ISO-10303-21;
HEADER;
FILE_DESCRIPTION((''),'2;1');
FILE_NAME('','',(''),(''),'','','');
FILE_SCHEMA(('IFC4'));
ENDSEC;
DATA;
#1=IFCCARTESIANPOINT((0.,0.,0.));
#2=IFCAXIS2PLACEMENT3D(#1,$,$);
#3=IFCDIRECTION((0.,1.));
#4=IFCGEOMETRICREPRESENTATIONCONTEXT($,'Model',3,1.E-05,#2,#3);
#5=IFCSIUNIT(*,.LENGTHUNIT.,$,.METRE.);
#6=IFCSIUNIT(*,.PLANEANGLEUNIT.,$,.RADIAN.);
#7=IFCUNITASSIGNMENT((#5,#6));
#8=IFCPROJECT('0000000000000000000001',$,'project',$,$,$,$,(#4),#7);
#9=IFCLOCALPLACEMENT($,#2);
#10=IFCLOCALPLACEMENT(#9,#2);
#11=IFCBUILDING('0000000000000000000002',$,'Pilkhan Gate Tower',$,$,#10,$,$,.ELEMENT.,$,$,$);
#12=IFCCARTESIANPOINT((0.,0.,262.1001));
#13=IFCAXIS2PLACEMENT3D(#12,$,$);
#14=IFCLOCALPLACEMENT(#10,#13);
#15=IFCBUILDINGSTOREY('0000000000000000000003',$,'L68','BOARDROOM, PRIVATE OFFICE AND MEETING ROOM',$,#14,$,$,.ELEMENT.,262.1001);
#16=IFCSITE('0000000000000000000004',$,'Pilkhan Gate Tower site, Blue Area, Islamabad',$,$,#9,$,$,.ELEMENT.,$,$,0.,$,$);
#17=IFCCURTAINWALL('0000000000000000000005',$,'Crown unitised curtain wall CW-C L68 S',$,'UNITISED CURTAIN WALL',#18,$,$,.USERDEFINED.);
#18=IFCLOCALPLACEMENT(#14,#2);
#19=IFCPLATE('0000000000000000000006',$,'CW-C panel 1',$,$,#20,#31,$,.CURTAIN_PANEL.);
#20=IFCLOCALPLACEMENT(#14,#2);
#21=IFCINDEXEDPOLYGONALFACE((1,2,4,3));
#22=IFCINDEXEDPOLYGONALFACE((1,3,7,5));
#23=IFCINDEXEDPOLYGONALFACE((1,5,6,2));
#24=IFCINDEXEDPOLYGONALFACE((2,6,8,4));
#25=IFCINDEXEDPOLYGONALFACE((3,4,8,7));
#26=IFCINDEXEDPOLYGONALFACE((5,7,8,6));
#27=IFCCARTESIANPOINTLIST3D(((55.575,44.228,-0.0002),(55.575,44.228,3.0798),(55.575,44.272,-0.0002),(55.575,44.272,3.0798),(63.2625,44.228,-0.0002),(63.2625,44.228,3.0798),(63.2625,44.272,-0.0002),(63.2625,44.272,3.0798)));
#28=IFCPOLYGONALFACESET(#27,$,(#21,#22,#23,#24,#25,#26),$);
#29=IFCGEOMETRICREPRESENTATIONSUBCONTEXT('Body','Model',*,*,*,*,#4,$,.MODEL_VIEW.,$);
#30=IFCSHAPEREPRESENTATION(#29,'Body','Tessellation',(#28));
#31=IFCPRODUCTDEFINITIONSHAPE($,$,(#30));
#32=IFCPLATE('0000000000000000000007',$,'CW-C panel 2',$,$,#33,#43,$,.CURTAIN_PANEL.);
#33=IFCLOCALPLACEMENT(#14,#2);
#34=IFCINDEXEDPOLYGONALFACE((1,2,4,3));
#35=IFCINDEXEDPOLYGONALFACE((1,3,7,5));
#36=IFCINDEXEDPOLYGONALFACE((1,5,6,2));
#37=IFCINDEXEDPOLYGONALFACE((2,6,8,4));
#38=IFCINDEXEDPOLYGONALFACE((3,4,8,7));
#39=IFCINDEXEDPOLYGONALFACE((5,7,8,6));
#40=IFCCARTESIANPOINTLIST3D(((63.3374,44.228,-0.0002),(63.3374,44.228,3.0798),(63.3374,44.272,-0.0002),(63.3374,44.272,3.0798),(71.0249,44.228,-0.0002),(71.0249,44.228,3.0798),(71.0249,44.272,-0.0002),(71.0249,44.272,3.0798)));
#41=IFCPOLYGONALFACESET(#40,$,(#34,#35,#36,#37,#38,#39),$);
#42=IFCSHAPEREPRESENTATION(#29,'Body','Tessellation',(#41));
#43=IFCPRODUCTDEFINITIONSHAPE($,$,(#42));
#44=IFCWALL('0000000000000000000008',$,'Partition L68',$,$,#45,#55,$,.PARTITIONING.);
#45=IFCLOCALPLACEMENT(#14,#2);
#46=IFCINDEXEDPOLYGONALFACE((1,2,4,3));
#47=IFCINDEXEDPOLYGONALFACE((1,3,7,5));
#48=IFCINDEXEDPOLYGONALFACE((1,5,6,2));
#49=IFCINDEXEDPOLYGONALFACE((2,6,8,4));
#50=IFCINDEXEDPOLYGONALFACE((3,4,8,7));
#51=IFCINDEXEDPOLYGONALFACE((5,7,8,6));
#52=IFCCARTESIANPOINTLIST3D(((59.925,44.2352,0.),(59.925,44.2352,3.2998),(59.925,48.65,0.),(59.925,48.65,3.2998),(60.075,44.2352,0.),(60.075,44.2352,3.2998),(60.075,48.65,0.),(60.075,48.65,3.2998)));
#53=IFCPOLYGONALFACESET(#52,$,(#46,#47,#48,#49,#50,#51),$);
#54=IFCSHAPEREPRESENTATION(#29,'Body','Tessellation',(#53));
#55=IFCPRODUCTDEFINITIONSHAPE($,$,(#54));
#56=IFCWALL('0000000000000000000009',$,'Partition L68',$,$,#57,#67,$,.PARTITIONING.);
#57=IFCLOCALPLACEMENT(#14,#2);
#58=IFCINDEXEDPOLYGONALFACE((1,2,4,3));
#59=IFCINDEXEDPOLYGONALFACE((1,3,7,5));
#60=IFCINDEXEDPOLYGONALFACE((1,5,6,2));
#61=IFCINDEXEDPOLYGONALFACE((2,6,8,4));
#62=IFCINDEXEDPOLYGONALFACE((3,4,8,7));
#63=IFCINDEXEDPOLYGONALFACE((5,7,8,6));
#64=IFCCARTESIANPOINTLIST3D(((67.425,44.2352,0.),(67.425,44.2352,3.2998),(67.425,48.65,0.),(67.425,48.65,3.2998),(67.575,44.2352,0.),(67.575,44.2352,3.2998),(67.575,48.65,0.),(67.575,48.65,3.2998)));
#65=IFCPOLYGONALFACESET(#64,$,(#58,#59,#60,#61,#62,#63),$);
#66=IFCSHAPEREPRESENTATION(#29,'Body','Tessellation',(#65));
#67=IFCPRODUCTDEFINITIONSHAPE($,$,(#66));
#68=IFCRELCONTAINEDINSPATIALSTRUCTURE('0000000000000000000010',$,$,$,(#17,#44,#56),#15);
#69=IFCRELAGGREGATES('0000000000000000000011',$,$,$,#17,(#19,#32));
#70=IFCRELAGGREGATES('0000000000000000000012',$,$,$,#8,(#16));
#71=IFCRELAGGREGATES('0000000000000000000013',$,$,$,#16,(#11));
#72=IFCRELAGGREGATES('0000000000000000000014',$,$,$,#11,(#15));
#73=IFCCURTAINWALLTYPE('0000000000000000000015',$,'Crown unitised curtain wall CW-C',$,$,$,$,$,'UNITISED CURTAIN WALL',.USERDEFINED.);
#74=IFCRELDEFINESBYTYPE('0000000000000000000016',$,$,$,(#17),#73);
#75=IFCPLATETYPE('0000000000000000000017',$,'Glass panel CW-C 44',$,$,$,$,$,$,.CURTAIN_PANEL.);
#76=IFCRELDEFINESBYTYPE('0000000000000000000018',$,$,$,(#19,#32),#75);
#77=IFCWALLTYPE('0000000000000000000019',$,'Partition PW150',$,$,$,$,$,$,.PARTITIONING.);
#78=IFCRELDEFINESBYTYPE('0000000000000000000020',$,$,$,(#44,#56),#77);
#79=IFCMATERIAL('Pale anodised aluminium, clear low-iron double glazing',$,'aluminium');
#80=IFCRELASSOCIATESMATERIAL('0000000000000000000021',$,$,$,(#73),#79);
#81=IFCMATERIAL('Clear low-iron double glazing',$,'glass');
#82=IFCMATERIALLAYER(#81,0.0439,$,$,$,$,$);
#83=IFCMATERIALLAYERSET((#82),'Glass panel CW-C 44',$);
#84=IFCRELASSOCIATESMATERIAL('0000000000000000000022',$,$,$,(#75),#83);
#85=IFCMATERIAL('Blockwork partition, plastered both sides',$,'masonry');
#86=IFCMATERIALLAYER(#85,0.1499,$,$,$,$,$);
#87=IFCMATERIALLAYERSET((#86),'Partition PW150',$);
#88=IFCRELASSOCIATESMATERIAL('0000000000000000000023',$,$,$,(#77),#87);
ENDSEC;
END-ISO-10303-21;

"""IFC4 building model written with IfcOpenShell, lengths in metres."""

from ifc_helpers import new_model, si_unit, direction, frame, frame_2d, origin, origin_2d, place, context, subcontext, project, spatial, rectangle, extrude, material, layer, layer_set, type_object, element, aggregate, save


model = new_model("IFC4")

# Units and contexts
model_context = context("Model", 3, precision=1e-05, world=origin(), true_north=direction((0.0, 1.0)))
body_context = subcontext(model_context, "Body", "Model", "MODEL_VIEW")
ifc_project = project(units=[si_unit("LENGTHUNIT", "METRE"), si_unit("PLANEANGLEUNIT", "RADIAN")], contexts=[model_context])

# Site, building, storey
site_placement = place(None, origin())
site = spatial("IfcSite", under=ifc_project, at=site_placement, Name="Pilkhan Gate Tower site, Blue Area, Islamabad", CompositionType="ELEMENT", RefElevation=0.0)
building_placement = place(site_placement, origin())
building = spatial("IfcBuilding", under=site, at=building_placement, Name="Pilkhan Gate Tower", CompositionType="ELEMENT")
storey_placement = place(building_placement, frame((0.0, 0.0, 262.1001)))
storey = spatial("IfcBuildingStorey", under=building, at=storey_placement, Name="L68", Description="BOARDROOM, PRIVATE OFFICE AND MEETING ROOM", CompositionType="ELEMENT", Elevation=262.1001)

# Curtain wall
ifc_material_1 = material(Name="Pale anodised aluminium, clear low-iron double glazing", Category="aluminium")
curtain_wall_type = type_object("IfcCurtainWallType", Name="Crown unitised curtain wall CW-C", ElementType="UNITISED CURTAIN WALL", PredefinedType="USERDEFINED", material=ifc_material_1)
curtain_wall_1_placement = place(storey_placement, origin())
curtain_wall_1 = element("IfcCurtainWall", 1, at=curtain_wall_1_placement, inside=storey, type_object=curtain_wall_type, Name="Crown unitised curtain wall CW-C L68 S", ObjectType="UNITISED CURTAIN WALL", PredefinedType="USERDEFINED")

# Plates
ifc_material_2 = material(Name="Clear low-iron double glazing", Category="glass")
ifc_layer_1 = layer(ifc_material_2, 0.0439)
ifc_layer_set_1 = layer_set([ifc_layer_1], Name="Glass panel CW-C 44")
plate_type = type_object("IfcPlateType", Name="Glass panel CW-C 44", PredefinedType="CURTAIN_PANEL", material=ifc_layer_set_1)
plate_1_placement = place(storey_placement, frame((59.4187, 44.25, -0.0002), z_axis=(0.0, 0.0, 1.0), x_axis=(1.0, 0.0, 0.0)))
plate_1 = element("IfcPlate", 2, at=plate_1_placement, type_object=plate_type, Name="CW-C panel 1", PredefinedType="CURTAIN_PANEL", context=body_context, shape_type="SweptSolid", body=[
    extrude(rectangle(XDim=7.6875, YDim=0.0439, at=origin_2d()), origin(), (0.0, 0.0, 1.0), 3.0801),
])
plate_2_placement = place(storey_placement, frame((67.1812, 44.25, -0.0002), z_axis=(0.0, 0.0, 1.0), x_axis=(1.0, 0.0, 0.0)))
plate_2 = element("IfcPlate", 3, at=plate_2_placement, type_object=plate_type, Name="CW-C panel 2", PredefinedType="CURTAIN_PANEL", context=body_context, shape_type="SweptSolid", body=[
    extrude(rectangle(XDim=7.6875, YDim=0.0439, at=origin_2d()), origin(), (0.0, 0.0, 1.0), 3.0801),
])
aggregate(curtain_wall_1, [plate_1, plate_2])

# Walls
ifc_material_3 = material(Name="Blockwork partition, plastered both sides", Category="masonry")
ifc_layer_2 = layer(ifc_material_3, 0.1499)
ifc_layer_set_2 = layer_set([ifc_layer_2], Name="Partition PW150")
wall_type = type_object("IfcWallType", Name="Partition PW150", PredefinedType="PARTITIONING", material=ifc_layer_set_2)
for number, where, z_axis, x_axis, name in (
    (4, (60.0, 44.2351, 0.0), (0.0, 0.0, 1.0), (0.0, 1.0, 0.0), "Partition L68"),
    (5, (67.5, 44.2351, 0.0), (0.0, 0.0, 1.0), (0.0, 1.0, 0.0), "Partition L68"),
):
    element("IfcWall", number, at=place(storey_placement, frame(where, z_axis=z_axis, x_axis=x_axis)), inside=storey, type_object=wall_type, Name=name, PredefinedType="PARTITIONING", context=body_context, shape_type="SweptSolid", body=[
        extrude(rectangle(XDim=4.4148, YDim=0.1499, at=frame_2d((2.2075, 0.0))), origin(), (0.0, 0.0, 1.0), 3.2998),
    ])

save(model, "model.ifc")
